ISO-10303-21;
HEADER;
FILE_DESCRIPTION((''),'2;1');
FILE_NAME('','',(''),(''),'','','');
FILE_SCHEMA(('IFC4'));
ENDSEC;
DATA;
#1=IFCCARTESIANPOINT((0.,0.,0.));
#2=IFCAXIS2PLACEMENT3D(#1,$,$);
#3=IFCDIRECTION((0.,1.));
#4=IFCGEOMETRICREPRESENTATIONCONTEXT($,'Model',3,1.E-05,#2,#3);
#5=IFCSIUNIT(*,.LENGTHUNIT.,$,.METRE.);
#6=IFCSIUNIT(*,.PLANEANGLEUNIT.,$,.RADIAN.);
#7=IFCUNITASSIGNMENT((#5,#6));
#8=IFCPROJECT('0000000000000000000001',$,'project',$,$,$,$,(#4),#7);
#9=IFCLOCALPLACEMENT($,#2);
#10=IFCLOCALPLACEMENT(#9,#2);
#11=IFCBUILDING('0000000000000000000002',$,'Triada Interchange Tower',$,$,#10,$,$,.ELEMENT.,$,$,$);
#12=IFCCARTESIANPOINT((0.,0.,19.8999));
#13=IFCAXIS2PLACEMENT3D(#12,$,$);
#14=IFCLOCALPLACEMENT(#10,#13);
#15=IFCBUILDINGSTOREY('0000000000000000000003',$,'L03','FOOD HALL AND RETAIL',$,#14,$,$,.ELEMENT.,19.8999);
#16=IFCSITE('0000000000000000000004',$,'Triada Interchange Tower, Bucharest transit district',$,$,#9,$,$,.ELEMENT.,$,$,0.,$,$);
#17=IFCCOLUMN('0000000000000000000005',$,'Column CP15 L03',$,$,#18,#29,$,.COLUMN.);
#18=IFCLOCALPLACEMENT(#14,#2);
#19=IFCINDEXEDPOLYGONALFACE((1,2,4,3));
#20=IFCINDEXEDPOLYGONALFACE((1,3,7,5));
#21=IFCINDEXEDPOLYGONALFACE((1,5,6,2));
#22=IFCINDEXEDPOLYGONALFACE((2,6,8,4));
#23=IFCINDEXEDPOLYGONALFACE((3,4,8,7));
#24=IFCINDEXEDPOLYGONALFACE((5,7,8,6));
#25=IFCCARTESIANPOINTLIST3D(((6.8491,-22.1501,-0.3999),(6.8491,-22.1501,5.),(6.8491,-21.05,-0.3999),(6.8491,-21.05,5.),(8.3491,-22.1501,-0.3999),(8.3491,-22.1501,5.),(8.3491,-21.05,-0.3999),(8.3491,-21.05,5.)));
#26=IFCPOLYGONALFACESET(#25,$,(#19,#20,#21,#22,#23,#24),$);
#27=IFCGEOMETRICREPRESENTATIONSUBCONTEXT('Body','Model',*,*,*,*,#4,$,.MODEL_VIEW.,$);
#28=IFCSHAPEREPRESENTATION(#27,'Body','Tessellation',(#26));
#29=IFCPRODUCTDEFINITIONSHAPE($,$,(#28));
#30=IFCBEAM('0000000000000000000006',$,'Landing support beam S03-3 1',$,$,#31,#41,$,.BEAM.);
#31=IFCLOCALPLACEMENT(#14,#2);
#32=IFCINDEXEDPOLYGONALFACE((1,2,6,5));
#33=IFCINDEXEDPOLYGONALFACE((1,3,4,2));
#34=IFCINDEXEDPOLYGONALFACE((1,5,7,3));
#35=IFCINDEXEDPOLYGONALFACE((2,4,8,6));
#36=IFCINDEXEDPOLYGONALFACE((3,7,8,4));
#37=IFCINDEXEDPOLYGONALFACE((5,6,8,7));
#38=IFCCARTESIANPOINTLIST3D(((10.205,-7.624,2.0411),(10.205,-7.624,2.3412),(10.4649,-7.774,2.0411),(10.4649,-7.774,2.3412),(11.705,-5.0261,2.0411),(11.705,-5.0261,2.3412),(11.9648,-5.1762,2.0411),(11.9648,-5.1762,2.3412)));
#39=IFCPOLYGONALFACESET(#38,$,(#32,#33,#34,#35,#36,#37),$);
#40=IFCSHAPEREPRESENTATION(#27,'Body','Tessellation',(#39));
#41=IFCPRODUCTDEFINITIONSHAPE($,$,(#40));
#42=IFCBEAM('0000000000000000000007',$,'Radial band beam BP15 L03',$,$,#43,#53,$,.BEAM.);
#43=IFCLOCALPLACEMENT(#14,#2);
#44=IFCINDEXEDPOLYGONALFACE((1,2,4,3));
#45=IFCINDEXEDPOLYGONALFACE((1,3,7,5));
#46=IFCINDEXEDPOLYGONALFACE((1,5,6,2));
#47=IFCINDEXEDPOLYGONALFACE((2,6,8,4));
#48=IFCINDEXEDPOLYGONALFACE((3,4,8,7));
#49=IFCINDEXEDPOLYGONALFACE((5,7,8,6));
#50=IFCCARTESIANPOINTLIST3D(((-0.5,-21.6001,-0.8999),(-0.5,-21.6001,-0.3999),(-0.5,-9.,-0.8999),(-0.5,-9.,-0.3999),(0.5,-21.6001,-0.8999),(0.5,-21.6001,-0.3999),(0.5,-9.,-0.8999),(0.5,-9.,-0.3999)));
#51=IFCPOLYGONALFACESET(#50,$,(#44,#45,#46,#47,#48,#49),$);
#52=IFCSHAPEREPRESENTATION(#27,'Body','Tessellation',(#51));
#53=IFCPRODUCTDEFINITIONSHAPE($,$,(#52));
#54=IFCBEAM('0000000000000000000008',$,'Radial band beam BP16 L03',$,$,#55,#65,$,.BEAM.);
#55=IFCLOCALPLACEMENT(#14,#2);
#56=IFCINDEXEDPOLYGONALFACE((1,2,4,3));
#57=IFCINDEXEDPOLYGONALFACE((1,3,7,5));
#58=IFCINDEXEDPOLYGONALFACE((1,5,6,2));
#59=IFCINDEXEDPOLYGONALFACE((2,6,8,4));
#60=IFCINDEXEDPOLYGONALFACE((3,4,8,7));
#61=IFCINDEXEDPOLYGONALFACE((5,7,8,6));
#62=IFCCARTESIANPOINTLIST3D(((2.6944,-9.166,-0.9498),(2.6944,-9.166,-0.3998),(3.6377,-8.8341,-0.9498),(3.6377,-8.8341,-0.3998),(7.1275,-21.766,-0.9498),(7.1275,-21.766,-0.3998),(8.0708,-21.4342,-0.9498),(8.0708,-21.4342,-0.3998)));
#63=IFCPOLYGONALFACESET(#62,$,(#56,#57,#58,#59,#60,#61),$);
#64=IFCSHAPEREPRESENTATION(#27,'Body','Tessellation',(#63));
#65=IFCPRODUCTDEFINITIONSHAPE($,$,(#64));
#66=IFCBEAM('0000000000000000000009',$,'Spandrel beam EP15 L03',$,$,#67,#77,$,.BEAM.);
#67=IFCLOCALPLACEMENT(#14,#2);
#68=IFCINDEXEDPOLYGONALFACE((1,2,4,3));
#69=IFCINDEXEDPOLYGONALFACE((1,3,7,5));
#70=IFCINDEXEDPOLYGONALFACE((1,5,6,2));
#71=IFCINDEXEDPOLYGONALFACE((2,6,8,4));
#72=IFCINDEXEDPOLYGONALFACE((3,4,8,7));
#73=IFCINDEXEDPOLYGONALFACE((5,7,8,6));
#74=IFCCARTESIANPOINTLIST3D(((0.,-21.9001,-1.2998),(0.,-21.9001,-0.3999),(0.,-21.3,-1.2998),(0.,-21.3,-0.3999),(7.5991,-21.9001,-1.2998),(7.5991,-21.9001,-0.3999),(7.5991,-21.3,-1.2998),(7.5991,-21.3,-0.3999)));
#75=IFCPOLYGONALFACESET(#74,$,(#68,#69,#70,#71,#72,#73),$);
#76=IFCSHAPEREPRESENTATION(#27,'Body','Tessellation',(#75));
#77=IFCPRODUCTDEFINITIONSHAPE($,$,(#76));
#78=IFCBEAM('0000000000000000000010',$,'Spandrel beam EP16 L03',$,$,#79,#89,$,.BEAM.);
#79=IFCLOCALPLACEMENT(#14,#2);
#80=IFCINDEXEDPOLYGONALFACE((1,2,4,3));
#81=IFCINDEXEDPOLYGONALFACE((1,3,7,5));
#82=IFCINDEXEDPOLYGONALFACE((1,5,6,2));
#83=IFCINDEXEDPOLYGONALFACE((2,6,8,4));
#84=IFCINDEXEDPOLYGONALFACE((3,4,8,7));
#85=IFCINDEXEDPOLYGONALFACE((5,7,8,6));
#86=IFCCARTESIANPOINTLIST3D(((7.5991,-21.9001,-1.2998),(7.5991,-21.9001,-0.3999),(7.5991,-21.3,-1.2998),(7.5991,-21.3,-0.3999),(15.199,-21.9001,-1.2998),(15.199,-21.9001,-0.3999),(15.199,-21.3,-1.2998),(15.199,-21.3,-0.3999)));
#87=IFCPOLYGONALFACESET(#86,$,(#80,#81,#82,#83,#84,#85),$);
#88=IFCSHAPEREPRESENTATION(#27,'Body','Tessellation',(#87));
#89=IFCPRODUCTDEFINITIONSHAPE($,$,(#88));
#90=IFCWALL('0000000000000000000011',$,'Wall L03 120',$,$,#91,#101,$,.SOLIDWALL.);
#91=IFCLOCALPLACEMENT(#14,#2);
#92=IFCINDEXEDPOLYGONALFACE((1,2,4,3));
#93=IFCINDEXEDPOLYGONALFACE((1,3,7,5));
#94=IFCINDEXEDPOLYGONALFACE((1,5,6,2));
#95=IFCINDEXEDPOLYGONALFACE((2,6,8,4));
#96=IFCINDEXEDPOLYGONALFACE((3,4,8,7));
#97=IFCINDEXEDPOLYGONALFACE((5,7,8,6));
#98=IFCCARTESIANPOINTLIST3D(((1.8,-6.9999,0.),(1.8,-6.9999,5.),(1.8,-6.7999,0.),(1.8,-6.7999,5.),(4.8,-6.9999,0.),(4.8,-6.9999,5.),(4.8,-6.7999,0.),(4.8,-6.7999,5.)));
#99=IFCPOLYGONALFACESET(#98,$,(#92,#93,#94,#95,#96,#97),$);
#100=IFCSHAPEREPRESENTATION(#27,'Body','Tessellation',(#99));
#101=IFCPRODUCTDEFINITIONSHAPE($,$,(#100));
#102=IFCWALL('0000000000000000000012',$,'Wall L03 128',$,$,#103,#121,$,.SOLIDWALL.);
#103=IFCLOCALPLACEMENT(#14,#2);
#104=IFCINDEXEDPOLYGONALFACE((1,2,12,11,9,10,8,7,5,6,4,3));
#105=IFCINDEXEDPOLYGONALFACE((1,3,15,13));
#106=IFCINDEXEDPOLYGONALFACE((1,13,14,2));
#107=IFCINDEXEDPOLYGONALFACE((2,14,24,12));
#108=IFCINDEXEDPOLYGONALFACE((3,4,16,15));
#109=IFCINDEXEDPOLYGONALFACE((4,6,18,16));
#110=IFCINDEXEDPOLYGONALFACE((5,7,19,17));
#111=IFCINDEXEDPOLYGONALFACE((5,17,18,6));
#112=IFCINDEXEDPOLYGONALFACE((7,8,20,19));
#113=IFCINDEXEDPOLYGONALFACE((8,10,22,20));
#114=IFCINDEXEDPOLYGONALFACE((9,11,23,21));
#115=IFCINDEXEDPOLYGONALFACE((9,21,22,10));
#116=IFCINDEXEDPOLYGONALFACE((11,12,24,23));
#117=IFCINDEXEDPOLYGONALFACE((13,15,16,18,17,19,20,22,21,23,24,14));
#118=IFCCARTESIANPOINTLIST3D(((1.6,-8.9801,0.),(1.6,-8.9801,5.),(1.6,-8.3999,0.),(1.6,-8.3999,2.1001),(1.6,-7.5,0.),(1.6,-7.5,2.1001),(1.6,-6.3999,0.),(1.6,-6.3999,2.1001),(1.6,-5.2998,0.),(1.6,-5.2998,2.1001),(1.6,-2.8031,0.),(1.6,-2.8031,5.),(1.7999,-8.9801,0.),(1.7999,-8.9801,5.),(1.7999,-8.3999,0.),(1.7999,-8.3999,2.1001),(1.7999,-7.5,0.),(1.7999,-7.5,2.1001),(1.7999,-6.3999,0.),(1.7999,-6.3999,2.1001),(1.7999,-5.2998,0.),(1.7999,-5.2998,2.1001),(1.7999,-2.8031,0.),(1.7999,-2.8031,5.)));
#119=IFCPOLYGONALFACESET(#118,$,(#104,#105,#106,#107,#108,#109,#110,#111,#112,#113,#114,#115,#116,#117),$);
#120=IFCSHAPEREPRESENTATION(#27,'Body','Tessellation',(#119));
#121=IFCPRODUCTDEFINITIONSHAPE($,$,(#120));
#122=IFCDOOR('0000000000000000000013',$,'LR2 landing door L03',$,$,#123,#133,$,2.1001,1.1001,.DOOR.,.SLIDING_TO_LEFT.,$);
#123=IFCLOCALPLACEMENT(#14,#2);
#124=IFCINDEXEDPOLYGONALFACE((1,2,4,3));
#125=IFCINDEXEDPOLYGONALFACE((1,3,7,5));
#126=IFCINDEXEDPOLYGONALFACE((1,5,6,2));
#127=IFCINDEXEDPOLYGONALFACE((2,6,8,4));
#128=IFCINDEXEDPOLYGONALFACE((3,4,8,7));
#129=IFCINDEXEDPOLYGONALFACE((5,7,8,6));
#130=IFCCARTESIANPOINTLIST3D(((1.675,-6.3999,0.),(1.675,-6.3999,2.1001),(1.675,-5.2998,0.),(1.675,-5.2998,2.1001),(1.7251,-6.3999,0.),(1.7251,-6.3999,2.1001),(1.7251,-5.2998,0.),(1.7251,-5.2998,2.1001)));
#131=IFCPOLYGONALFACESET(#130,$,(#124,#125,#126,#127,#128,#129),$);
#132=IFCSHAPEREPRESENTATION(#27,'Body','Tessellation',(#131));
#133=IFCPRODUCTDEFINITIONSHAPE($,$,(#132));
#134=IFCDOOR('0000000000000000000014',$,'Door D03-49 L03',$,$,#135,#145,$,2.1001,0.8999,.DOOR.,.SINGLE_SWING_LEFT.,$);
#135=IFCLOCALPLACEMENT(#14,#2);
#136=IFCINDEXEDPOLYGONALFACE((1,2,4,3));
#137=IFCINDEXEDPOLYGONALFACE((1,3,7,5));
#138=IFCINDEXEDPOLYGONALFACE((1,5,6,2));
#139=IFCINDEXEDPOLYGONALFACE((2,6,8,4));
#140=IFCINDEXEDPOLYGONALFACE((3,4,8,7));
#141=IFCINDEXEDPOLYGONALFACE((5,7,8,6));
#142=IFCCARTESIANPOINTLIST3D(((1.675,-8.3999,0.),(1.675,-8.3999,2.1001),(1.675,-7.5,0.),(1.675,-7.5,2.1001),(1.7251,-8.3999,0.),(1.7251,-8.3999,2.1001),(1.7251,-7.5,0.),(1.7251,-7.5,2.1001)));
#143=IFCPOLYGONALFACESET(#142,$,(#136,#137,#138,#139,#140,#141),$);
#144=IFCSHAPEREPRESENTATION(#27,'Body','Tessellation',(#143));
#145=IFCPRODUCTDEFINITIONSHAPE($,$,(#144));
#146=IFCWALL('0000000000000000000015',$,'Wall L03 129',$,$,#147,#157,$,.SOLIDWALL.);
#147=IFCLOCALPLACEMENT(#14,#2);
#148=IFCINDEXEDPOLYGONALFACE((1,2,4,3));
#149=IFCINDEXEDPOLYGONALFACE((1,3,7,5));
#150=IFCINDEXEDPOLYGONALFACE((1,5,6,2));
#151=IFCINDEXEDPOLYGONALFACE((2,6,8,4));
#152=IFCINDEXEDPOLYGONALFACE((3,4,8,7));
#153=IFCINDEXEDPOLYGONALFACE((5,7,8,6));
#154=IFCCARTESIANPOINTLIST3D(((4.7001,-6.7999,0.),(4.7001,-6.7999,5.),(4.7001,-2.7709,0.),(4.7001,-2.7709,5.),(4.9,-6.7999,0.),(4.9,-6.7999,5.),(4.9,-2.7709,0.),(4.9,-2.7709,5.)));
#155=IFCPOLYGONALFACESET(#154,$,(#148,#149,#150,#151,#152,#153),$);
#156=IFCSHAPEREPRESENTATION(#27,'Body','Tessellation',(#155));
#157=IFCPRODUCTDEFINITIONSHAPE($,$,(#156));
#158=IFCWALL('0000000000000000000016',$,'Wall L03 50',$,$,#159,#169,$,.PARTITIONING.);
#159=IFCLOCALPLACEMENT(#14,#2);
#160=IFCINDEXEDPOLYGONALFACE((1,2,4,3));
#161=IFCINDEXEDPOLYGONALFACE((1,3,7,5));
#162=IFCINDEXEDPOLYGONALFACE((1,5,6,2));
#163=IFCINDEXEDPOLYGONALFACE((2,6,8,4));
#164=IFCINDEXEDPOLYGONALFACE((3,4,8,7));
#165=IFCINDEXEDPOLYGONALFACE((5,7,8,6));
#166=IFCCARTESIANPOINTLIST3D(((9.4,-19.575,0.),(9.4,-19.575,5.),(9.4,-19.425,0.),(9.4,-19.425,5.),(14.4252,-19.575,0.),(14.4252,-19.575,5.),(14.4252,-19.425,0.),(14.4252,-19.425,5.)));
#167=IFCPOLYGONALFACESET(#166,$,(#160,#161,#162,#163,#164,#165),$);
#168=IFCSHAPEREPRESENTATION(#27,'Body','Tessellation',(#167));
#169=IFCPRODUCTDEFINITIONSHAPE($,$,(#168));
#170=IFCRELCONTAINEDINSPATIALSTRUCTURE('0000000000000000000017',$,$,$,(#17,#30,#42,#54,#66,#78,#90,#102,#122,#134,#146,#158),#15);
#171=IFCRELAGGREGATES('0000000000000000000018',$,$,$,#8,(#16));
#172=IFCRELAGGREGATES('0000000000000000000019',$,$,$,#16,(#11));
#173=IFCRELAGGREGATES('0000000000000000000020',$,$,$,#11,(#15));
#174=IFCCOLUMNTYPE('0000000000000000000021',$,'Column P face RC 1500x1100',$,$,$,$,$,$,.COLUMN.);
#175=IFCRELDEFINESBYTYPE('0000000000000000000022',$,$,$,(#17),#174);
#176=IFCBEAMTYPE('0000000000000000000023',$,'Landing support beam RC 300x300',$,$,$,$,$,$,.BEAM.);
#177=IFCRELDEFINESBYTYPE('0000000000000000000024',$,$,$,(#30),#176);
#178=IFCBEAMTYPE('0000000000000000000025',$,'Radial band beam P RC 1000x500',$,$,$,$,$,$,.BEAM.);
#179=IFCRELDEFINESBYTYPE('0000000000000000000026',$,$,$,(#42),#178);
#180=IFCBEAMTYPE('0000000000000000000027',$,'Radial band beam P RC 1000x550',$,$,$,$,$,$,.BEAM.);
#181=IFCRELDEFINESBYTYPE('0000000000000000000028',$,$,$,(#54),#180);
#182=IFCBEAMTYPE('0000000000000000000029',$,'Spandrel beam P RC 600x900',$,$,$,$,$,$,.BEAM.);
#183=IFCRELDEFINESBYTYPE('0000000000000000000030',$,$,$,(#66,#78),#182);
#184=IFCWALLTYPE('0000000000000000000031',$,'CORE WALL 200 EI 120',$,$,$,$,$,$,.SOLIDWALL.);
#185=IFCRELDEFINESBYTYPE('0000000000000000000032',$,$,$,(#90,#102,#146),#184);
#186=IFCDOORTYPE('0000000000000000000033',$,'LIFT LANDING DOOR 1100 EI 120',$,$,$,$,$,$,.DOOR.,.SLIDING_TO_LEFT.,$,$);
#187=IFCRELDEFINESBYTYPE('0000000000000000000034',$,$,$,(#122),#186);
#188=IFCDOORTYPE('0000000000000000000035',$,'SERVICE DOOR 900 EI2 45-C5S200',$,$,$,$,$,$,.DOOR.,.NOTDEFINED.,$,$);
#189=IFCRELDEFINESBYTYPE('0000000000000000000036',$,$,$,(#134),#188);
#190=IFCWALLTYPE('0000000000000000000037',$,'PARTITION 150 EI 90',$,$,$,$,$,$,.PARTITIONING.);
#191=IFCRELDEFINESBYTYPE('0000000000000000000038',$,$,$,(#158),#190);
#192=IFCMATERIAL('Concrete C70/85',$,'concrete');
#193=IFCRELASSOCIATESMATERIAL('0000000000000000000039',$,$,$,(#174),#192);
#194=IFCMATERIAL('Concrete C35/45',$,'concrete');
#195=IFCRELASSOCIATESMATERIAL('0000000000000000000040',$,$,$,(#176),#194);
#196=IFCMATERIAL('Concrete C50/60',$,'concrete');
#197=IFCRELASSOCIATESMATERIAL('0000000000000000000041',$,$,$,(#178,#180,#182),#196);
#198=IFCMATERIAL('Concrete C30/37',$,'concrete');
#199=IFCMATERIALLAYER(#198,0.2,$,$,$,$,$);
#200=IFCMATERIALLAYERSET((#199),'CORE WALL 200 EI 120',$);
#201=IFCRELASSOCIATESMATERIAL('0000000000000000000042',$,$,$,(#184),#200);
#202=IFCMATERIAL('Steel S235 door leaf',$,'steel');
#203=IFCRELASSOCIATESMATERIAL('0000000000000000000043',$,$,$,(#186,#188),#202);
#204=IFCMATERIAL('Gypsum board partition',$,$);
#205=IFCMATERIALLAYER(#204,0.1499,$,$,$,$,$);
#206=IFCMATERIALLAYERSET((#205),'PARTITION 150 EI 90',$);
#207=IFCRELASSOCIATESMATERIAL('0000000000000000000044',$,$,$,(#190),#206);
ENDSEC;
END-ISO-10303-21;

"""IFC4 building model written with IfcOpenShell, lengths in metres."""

from ifc_helpers import new_model, si_unit, direction, frame, frame_2d, origin, origin_2d, place, context, subcontext, project, spatial, rectangle, extrude, material, layer, layer_set, material_profile, profile_set, type_object, element, fill, save


model = new_model("IFC4")

# Units and contexts
model_context = context("Model", 3, precision=1e-05, world=origin(), true_north=direction((0.0, 1.0)))
body_context = subcontext(model_context, "Body", "Model", "MODEL_VIEW")
ifc_project = project(units=[si_unit("LENGTHUNIT", "METRE"), si_unit("PLANEANGLEUNIT", "RADIAN")], contexts=[model_context])

# Site, building, storey
site_placement = place(None, origin())
site = spatial("IfcSite", under=ifc_project, at=site_placement, Name="Triada Interchange Tower, Bucharest transit district", CompositionType="ELEMENT", RefElevation=0.0)
building_placement = place(site_placement, origin())
building = spatial("IfcBuilding", under=site, at=building_placement, Name="Triada Interchange Tower", CompositionType="ELEMENT")
storey_placement = place(building_placement, frame((0.0, 0.0, 19.8999)))
storey = spatial("IfcBuildingStorey", under=building, at=storey_placement, Name="L03", Description="FOOD HALL AND RETAIL", CompositionType="ELEMENT", Elevation=19.8999)

# Column
ifc_material_1 = material(Name="Concrete C70/85", Category="concrete")
ifc_material_profile_1 = material_profile(ifc_material_1, rectangle(XDim=1.5, YDim=1.1001, at=origin_2d()), Name="RC 1500x1100")
ifc_profile_set_1 = profile_set([ifc_material_profile_1], Name="Concrete C70/85")
column_type = type_object("IfcColumnType", Name="Column P face RC 1500x1100", PredefinedType="COLUMN", material=ifc_profile_set_1)
column_placement = place(storey_placement, frame((7.5991, -21.6001, -0.3999), z_axis=(0.0, 0.0, 1.0), x_axis=(1.0, 0.0, 0.0)))
element("IfcColumn", 1, at=column_placement, inside=storey, type_object=column_type, Name="Column CP15 L03", PredefinedType="COLUMN", context=body_context, shape_type="SweptSolid", body=[
    extrude(rectangle(XDim=1.5, YDim=1.1001, at=origin_2d()), origin(), (0.0, 0.0, 1.0), 5.3999),
])

# Beams
ifc_material_2 = material(Name="Concrete C35/45", Category="concrete")
ifc_material_profile_2 = material_profile(ifc_material_2, rectangle(XDim=0.3, YDim=0.3, at=origin_2d()), Name="RC 300x300")
ifc_profile_set_2 = profile_set([ifc_material_profile_2], Name="Concrete C35/45")
beam_type_1 = type_object("IfcBeamType", Name="Landing support beam RC 300x300", PredefinedType="BEAM", material=ifc_profile_set_2)
beam_1_placement = place(storey_placement, frame((10.335, -7.699, 2.1912), z_axis=(0.500025, 0.866011, 0.0), x_axis=(-0.866011, 0.500025, 0.0)))
element("IfcBeam", 2, at=beam_1_placement, inside=storey, type_object=beam_type_1, Name="Landing support beam S03-3 1", PredefinedType="BEAM", context=body_context, shape_type="SweptSolid", body=[
    extrude(rectangle(XDim=0.3, YDim=0.3, at=origin_2d()), origin(), (0.0, 0.0, 1.0), 2.9998),
])
ifc_material_3 = material(Name="Concrete C50/60", Category="concrete")
ifc_material_profile_3 = material_profile(ifc_material_3, rectangle(XDim=1.0, YDim=0.5, at=origin_2d()), Name="RC 1000x500")
ifc_profile_set_3 = profile_set([ifc_material_profile_3], Name="Concrete C50/60")
beam_type_2 = type_object("IfcBeamType", Name="Radial band beam P RC 1000x500", PredefinedType="BEAM", material=ifc_profile_set_3)
beam_2_placement = place(storey_placement, frame((0.0, -21.6001, -0.6499), z_axis=(0.0, 1.0, 0.0), x_axis=(-1.0, 0.0, 0.0)))
element("IfcBeam", 3, at=beam_2_placement, inside=storey, type_object=beam_type_2, Name="Radial band beam BP15 L03", PredefinedType="BEAM", context=body_context, shape_type="SweptSolid", body=[
    extrude(rectangle(XDim=1.0, YDim=0.5, at=origin_2d()), origin(), (0.0, 0.0, 1.0), 12.6001),
])
ifc_material_profile_4 = material_profile(ifc_material_3, rectangle(XDim=1.0, YDim=0.55, at=origin_2d()), Name="RC 1000x550")
ifc_profile_set_4 = profile_set([ifc_material_profile_4], Name="Concrete C50/60")
beam_type_3 = type_object("IfcBeamType", Name="Radial band beam P RC 1000x550", PredefinedType="BEAM", material=ifc_profile_set_4)
beam_3_placement = place(storey_placement, frame((7.5991, -21.6001, -0.6748), z_axis=(-0.331889, 0.943319, 0.0), x_axis=(-0.943319, -0.331889, 0.0)))
element("IfcBeam", 4, at=beam_3_placement, inside=storey, type_object=beam_type_3, Name="Radial band beam BP16 L03", PredefinedType="BEAM", context=body_context, shape_type="SweptSolid", body=[
    extrude(rectangle(XDim=1.0, YDim=0.55, at=origin_2d()), origin(), (0.0, 0.0, 1.0), 13.3572),
])
ifc_material_profile_5 = material_profile(ifc_material_3, rectangle(XDim=0.6001, YDim=0.8999, at=origin_2d()), Name="RC 600x900")
ifc_profile_set_5 = profile_set([ifc_material_profile_5], Name="Concrete C50/60")
beam_type_4 = type_object("IfcBeamType", Name="Spandrel beam P RC 600x900", PredefinedType="BEAM", material=ifc_profile_set_5)
beam_4_placement = place(storey_placement, frame((0.0, -21.6001, -0.8499), z_axis=(1.0, 0.0, 0.0), x_axis=(0.0, 1.0, 0.0)))
element("IfcBeam", 5, at=beam_4_placement, inside=storey, type_object=beam_type_4, Name="Spandrel beam EP15 L03", PredefinedType="BEAM", context=body_context, shape_type="SweptSolid", body=[
    extrude(rectangle(XDim=0.6001, YDim=0.8999, at=origin_2d()), origin(), (0.0, 0.0, 1.0), 7.5991),
])
beam_5_placement = place(storey_placement, frame((7.5991, -21.6001, -0.8499), z_axis=(1.0, 0.0, 0.0), x_axis=(0.0, 1.0, 0.0)))
element("IfcBeam", 6, at=beam_5_placement, inside=storey, type_object=beam_type_4, Name="Spandrel beam EP16 L03", PredefinedType="BEAM", context=body_context, shape_type="SweptSolid", body=[
    extrude(rectangle(XDim=0.6001, YDim=0.8999, at=origin_2d()), origin(), (0.0, 0.0, 1.0), 7.5999),
])

# Wall
ifc_material_4 = material(Name="Concrete C30/37", Category="concrete")
ifc_layer_1 = layer(ifc_material_4, 0.2)
ifc_layer_set_1 = layer_set([ifc_layer_1], Name="CORE WALL 200 EI 120")
wall_type_1 = type_object("IfcWallType", Name="CORE WALL 200 EI 120", PredefinedType="SOLIDWALL", material=ifc_layer_set_1)
wall_1_placement = place(storey_placement, frame((1.8, -6.8999, 0.0), z_axis=(0.0, 0.0, 1.0), x_axis=(1.0, 0.0, 0.0)))
element("IfcWall", 7, at=wall_1_placement, inside=storey, type_object=wall_type_1, Name="Wall L03 120", PredefinedType="SOLIDWALL", context=body_context, shape_type="SweptSolid", body=[
    extrude(rectangle(XDim=3.0, YDim=0.2, at=frame_2d((1.5, 0.0))), origin(), (0.0, 0.0, 1.0), 5.0),
])

# Wall, openings, doors
wall_2_placement = place(storey_placement, frame((1.7, -8.98, 0.0), z_axis=(0.0, 0.0, 1.0), x_axis=(0.0, 1.0, 0.0)))
wall_2 = element("IfcWall", 8, at=wall_2_placement, inside=storey, type_object=wall_type_1, Name="Wall L03 128", PredefinedType="SOLIDWALL", context=body_context, shape_type="SweptSolid", body=[
    extrude(rectangle(XDim=6.177, YDim=0.2, at=frame_2d((3.0884, 0.0))), origin(), (0.0, 0.0, 1.0), 5.0),
])
opening_1_placement = place(wall_2_placement, frame((2.5801, 0.0, 0.0)))
opening_1 = element("IfcOpeningElement", 9, at=opening_1_placement, cuts=wall_2, PredefinedType="OPENING", context=body_context, shape_type="SweptSolid", body=[
    extrude(rectangle(XDim=1.1001, YDim=2.1001, at=frame_2d((0.55, 1.05))), frame((0.0, 0.1099, 0.0), z_axis=(0.0, -1.0, 0.0), x_axis=(1.0, 0.0, 0.0)), (0.0, 0.0, 1.0), 0.22),
])
opening_2_placement = place(wall_2_placement, frame((0.5801, 0.0, 0.0)))
opening_2 = element("IfcOpeningElement", 10, at=opening_2_placement, cuts=wall_2, PredefinedType="OPENING", context=body_context, shape_type="SweptSolid", body=[
    extrude(rectangle(XDim=0.8999, YDim=2.1001, at=frame_2d((0.45, 1.05))), frame((0.0, 0.1099, 0.0), z_axis=(0.0, -1.0, 0.0), x_axis=(1.0, 0.0, 0.0)), (0.0, 0.0, 1.0), 0.22),
])
ifc_material_5 = material(Name="Steel S235 door leaf", Category="steel")
door_type_1 = type_object("IfcDoorType", Name="LIFT LANDING DOOR 1100 EI 120", OperationType="SLIDING_TO_LEFT", PredefinedType="DOOR", material=ifc_material_5)
door_1_placement = place(opening_1_placement, origin())
door_1 = element("IfcDoor", 11, at=door_1_placement, inside=storey, type_object=door_type_1, Name="LR2 landing door L03", OperationType="SLIDING_TO_LEFT", OverallHeight=2.1001, OverallWidth=1.1001, PredefinedType="DOOR", context=body_context, shape_type="SweptSolid", body=[
    extrude(rectangle(XDim=1.1001, YDim=2.1001, at=frame_2d((0.55, 1.05))), frame((0.0, 0.0249, 0.0), z_axis=(0.0, -1.0, 0.0), x_axis=(1.0, 0.0, 0.0)), (0.0, 0.0, 1.0), 0.05),
])
fill(opening_1, door_1)
door_type_2 = type_object("IfcDoorType", Name="SERVICE DOOR 900 EI2 45-C5S200", OperationType="NOTDEFINED", PredefinedType="DOOR", material=ifc_material_5)
door_2_placement = place(opening_2_placement, origin())
door_2 = element("IfcDoor", 12, at=door_2_placement, inside=storey, type_object=door_type_2, Name="Door D03-49 L03", OperationType="SINGLE_SWING_LEFT", OverallHeight=2.1001, OverallWidth=0.8999, PredefinedType="DOOR", context=body_context, shape_type="SweptSolid", body=[
    extrude(rectangle(XDim=0.8999, YDim=2.1001, at=frame_2d((0.45, 1.05))), frame((0.0, 0.0249, 0.0), z_axis=(0.0, -1.0, 0.0), x_axis=(1.0, 0.0, 0.0)), (0.0, 0.0, 1.0), 0.05),
])
fill(opening_2, door_2)

# Wall
wall_3_placement = place(storey_placement, frame((4.8, -6.8, 0.0), z_axis=(0.0, 0.0, 1.0), x_axis=(0.0, 1.0, 0.0)))
element("IfcWall", 13, at=wall_3_placement, inside=storey, type_object=wall_type_1, Name="Wall L03 129", PredefinedType="SOLIDWALL", context=body_context, shape_type="SweptSolid", body=[
    extrude(rectangle(XDim=4.0291, YDim=0.2, at=frame_2d((2.0146, 0.0))), origin(), (0.0, 0.0, 1.0), 5.0),
])

# Wall
ifc_material_6 = material(Name="Gypsum board partition")
ifc_layer_2 = layer(ifc_material_6, 0.1499)
ifc_layer_set_2 = layer_set([ifc_layer_2], Name="PARTITION 150 EI 90")
wall_type_2 = type_object("IfcWallType", Name="PARTITION 150 EI 90", PredefinedType="PARTITIONING", material=ifc_layer_set_2)
wall_4_placement = place(storey_placement, frame((9.3999, -19.5, 0.0), z_axis=(0.0, 0.0, 1.0), x_axis=(1.0, 0.0, 0.0)))
element("IfcWall", 14, at=wall_4_placement, inside=storey, type_object=wall_type_2, Name="Wall L03 50", PredefinedType="PARTITIONING", context=body_context, shape_type="SweptSolid", body=[
    extrude(rectangle(XDim=5.0251, YDim=0.1499, at=frame_2d((2.5127, 0.0))), origin(), (0.0, 0.0, 1.0), 5.0),
])

save(model, "model.ifc")
